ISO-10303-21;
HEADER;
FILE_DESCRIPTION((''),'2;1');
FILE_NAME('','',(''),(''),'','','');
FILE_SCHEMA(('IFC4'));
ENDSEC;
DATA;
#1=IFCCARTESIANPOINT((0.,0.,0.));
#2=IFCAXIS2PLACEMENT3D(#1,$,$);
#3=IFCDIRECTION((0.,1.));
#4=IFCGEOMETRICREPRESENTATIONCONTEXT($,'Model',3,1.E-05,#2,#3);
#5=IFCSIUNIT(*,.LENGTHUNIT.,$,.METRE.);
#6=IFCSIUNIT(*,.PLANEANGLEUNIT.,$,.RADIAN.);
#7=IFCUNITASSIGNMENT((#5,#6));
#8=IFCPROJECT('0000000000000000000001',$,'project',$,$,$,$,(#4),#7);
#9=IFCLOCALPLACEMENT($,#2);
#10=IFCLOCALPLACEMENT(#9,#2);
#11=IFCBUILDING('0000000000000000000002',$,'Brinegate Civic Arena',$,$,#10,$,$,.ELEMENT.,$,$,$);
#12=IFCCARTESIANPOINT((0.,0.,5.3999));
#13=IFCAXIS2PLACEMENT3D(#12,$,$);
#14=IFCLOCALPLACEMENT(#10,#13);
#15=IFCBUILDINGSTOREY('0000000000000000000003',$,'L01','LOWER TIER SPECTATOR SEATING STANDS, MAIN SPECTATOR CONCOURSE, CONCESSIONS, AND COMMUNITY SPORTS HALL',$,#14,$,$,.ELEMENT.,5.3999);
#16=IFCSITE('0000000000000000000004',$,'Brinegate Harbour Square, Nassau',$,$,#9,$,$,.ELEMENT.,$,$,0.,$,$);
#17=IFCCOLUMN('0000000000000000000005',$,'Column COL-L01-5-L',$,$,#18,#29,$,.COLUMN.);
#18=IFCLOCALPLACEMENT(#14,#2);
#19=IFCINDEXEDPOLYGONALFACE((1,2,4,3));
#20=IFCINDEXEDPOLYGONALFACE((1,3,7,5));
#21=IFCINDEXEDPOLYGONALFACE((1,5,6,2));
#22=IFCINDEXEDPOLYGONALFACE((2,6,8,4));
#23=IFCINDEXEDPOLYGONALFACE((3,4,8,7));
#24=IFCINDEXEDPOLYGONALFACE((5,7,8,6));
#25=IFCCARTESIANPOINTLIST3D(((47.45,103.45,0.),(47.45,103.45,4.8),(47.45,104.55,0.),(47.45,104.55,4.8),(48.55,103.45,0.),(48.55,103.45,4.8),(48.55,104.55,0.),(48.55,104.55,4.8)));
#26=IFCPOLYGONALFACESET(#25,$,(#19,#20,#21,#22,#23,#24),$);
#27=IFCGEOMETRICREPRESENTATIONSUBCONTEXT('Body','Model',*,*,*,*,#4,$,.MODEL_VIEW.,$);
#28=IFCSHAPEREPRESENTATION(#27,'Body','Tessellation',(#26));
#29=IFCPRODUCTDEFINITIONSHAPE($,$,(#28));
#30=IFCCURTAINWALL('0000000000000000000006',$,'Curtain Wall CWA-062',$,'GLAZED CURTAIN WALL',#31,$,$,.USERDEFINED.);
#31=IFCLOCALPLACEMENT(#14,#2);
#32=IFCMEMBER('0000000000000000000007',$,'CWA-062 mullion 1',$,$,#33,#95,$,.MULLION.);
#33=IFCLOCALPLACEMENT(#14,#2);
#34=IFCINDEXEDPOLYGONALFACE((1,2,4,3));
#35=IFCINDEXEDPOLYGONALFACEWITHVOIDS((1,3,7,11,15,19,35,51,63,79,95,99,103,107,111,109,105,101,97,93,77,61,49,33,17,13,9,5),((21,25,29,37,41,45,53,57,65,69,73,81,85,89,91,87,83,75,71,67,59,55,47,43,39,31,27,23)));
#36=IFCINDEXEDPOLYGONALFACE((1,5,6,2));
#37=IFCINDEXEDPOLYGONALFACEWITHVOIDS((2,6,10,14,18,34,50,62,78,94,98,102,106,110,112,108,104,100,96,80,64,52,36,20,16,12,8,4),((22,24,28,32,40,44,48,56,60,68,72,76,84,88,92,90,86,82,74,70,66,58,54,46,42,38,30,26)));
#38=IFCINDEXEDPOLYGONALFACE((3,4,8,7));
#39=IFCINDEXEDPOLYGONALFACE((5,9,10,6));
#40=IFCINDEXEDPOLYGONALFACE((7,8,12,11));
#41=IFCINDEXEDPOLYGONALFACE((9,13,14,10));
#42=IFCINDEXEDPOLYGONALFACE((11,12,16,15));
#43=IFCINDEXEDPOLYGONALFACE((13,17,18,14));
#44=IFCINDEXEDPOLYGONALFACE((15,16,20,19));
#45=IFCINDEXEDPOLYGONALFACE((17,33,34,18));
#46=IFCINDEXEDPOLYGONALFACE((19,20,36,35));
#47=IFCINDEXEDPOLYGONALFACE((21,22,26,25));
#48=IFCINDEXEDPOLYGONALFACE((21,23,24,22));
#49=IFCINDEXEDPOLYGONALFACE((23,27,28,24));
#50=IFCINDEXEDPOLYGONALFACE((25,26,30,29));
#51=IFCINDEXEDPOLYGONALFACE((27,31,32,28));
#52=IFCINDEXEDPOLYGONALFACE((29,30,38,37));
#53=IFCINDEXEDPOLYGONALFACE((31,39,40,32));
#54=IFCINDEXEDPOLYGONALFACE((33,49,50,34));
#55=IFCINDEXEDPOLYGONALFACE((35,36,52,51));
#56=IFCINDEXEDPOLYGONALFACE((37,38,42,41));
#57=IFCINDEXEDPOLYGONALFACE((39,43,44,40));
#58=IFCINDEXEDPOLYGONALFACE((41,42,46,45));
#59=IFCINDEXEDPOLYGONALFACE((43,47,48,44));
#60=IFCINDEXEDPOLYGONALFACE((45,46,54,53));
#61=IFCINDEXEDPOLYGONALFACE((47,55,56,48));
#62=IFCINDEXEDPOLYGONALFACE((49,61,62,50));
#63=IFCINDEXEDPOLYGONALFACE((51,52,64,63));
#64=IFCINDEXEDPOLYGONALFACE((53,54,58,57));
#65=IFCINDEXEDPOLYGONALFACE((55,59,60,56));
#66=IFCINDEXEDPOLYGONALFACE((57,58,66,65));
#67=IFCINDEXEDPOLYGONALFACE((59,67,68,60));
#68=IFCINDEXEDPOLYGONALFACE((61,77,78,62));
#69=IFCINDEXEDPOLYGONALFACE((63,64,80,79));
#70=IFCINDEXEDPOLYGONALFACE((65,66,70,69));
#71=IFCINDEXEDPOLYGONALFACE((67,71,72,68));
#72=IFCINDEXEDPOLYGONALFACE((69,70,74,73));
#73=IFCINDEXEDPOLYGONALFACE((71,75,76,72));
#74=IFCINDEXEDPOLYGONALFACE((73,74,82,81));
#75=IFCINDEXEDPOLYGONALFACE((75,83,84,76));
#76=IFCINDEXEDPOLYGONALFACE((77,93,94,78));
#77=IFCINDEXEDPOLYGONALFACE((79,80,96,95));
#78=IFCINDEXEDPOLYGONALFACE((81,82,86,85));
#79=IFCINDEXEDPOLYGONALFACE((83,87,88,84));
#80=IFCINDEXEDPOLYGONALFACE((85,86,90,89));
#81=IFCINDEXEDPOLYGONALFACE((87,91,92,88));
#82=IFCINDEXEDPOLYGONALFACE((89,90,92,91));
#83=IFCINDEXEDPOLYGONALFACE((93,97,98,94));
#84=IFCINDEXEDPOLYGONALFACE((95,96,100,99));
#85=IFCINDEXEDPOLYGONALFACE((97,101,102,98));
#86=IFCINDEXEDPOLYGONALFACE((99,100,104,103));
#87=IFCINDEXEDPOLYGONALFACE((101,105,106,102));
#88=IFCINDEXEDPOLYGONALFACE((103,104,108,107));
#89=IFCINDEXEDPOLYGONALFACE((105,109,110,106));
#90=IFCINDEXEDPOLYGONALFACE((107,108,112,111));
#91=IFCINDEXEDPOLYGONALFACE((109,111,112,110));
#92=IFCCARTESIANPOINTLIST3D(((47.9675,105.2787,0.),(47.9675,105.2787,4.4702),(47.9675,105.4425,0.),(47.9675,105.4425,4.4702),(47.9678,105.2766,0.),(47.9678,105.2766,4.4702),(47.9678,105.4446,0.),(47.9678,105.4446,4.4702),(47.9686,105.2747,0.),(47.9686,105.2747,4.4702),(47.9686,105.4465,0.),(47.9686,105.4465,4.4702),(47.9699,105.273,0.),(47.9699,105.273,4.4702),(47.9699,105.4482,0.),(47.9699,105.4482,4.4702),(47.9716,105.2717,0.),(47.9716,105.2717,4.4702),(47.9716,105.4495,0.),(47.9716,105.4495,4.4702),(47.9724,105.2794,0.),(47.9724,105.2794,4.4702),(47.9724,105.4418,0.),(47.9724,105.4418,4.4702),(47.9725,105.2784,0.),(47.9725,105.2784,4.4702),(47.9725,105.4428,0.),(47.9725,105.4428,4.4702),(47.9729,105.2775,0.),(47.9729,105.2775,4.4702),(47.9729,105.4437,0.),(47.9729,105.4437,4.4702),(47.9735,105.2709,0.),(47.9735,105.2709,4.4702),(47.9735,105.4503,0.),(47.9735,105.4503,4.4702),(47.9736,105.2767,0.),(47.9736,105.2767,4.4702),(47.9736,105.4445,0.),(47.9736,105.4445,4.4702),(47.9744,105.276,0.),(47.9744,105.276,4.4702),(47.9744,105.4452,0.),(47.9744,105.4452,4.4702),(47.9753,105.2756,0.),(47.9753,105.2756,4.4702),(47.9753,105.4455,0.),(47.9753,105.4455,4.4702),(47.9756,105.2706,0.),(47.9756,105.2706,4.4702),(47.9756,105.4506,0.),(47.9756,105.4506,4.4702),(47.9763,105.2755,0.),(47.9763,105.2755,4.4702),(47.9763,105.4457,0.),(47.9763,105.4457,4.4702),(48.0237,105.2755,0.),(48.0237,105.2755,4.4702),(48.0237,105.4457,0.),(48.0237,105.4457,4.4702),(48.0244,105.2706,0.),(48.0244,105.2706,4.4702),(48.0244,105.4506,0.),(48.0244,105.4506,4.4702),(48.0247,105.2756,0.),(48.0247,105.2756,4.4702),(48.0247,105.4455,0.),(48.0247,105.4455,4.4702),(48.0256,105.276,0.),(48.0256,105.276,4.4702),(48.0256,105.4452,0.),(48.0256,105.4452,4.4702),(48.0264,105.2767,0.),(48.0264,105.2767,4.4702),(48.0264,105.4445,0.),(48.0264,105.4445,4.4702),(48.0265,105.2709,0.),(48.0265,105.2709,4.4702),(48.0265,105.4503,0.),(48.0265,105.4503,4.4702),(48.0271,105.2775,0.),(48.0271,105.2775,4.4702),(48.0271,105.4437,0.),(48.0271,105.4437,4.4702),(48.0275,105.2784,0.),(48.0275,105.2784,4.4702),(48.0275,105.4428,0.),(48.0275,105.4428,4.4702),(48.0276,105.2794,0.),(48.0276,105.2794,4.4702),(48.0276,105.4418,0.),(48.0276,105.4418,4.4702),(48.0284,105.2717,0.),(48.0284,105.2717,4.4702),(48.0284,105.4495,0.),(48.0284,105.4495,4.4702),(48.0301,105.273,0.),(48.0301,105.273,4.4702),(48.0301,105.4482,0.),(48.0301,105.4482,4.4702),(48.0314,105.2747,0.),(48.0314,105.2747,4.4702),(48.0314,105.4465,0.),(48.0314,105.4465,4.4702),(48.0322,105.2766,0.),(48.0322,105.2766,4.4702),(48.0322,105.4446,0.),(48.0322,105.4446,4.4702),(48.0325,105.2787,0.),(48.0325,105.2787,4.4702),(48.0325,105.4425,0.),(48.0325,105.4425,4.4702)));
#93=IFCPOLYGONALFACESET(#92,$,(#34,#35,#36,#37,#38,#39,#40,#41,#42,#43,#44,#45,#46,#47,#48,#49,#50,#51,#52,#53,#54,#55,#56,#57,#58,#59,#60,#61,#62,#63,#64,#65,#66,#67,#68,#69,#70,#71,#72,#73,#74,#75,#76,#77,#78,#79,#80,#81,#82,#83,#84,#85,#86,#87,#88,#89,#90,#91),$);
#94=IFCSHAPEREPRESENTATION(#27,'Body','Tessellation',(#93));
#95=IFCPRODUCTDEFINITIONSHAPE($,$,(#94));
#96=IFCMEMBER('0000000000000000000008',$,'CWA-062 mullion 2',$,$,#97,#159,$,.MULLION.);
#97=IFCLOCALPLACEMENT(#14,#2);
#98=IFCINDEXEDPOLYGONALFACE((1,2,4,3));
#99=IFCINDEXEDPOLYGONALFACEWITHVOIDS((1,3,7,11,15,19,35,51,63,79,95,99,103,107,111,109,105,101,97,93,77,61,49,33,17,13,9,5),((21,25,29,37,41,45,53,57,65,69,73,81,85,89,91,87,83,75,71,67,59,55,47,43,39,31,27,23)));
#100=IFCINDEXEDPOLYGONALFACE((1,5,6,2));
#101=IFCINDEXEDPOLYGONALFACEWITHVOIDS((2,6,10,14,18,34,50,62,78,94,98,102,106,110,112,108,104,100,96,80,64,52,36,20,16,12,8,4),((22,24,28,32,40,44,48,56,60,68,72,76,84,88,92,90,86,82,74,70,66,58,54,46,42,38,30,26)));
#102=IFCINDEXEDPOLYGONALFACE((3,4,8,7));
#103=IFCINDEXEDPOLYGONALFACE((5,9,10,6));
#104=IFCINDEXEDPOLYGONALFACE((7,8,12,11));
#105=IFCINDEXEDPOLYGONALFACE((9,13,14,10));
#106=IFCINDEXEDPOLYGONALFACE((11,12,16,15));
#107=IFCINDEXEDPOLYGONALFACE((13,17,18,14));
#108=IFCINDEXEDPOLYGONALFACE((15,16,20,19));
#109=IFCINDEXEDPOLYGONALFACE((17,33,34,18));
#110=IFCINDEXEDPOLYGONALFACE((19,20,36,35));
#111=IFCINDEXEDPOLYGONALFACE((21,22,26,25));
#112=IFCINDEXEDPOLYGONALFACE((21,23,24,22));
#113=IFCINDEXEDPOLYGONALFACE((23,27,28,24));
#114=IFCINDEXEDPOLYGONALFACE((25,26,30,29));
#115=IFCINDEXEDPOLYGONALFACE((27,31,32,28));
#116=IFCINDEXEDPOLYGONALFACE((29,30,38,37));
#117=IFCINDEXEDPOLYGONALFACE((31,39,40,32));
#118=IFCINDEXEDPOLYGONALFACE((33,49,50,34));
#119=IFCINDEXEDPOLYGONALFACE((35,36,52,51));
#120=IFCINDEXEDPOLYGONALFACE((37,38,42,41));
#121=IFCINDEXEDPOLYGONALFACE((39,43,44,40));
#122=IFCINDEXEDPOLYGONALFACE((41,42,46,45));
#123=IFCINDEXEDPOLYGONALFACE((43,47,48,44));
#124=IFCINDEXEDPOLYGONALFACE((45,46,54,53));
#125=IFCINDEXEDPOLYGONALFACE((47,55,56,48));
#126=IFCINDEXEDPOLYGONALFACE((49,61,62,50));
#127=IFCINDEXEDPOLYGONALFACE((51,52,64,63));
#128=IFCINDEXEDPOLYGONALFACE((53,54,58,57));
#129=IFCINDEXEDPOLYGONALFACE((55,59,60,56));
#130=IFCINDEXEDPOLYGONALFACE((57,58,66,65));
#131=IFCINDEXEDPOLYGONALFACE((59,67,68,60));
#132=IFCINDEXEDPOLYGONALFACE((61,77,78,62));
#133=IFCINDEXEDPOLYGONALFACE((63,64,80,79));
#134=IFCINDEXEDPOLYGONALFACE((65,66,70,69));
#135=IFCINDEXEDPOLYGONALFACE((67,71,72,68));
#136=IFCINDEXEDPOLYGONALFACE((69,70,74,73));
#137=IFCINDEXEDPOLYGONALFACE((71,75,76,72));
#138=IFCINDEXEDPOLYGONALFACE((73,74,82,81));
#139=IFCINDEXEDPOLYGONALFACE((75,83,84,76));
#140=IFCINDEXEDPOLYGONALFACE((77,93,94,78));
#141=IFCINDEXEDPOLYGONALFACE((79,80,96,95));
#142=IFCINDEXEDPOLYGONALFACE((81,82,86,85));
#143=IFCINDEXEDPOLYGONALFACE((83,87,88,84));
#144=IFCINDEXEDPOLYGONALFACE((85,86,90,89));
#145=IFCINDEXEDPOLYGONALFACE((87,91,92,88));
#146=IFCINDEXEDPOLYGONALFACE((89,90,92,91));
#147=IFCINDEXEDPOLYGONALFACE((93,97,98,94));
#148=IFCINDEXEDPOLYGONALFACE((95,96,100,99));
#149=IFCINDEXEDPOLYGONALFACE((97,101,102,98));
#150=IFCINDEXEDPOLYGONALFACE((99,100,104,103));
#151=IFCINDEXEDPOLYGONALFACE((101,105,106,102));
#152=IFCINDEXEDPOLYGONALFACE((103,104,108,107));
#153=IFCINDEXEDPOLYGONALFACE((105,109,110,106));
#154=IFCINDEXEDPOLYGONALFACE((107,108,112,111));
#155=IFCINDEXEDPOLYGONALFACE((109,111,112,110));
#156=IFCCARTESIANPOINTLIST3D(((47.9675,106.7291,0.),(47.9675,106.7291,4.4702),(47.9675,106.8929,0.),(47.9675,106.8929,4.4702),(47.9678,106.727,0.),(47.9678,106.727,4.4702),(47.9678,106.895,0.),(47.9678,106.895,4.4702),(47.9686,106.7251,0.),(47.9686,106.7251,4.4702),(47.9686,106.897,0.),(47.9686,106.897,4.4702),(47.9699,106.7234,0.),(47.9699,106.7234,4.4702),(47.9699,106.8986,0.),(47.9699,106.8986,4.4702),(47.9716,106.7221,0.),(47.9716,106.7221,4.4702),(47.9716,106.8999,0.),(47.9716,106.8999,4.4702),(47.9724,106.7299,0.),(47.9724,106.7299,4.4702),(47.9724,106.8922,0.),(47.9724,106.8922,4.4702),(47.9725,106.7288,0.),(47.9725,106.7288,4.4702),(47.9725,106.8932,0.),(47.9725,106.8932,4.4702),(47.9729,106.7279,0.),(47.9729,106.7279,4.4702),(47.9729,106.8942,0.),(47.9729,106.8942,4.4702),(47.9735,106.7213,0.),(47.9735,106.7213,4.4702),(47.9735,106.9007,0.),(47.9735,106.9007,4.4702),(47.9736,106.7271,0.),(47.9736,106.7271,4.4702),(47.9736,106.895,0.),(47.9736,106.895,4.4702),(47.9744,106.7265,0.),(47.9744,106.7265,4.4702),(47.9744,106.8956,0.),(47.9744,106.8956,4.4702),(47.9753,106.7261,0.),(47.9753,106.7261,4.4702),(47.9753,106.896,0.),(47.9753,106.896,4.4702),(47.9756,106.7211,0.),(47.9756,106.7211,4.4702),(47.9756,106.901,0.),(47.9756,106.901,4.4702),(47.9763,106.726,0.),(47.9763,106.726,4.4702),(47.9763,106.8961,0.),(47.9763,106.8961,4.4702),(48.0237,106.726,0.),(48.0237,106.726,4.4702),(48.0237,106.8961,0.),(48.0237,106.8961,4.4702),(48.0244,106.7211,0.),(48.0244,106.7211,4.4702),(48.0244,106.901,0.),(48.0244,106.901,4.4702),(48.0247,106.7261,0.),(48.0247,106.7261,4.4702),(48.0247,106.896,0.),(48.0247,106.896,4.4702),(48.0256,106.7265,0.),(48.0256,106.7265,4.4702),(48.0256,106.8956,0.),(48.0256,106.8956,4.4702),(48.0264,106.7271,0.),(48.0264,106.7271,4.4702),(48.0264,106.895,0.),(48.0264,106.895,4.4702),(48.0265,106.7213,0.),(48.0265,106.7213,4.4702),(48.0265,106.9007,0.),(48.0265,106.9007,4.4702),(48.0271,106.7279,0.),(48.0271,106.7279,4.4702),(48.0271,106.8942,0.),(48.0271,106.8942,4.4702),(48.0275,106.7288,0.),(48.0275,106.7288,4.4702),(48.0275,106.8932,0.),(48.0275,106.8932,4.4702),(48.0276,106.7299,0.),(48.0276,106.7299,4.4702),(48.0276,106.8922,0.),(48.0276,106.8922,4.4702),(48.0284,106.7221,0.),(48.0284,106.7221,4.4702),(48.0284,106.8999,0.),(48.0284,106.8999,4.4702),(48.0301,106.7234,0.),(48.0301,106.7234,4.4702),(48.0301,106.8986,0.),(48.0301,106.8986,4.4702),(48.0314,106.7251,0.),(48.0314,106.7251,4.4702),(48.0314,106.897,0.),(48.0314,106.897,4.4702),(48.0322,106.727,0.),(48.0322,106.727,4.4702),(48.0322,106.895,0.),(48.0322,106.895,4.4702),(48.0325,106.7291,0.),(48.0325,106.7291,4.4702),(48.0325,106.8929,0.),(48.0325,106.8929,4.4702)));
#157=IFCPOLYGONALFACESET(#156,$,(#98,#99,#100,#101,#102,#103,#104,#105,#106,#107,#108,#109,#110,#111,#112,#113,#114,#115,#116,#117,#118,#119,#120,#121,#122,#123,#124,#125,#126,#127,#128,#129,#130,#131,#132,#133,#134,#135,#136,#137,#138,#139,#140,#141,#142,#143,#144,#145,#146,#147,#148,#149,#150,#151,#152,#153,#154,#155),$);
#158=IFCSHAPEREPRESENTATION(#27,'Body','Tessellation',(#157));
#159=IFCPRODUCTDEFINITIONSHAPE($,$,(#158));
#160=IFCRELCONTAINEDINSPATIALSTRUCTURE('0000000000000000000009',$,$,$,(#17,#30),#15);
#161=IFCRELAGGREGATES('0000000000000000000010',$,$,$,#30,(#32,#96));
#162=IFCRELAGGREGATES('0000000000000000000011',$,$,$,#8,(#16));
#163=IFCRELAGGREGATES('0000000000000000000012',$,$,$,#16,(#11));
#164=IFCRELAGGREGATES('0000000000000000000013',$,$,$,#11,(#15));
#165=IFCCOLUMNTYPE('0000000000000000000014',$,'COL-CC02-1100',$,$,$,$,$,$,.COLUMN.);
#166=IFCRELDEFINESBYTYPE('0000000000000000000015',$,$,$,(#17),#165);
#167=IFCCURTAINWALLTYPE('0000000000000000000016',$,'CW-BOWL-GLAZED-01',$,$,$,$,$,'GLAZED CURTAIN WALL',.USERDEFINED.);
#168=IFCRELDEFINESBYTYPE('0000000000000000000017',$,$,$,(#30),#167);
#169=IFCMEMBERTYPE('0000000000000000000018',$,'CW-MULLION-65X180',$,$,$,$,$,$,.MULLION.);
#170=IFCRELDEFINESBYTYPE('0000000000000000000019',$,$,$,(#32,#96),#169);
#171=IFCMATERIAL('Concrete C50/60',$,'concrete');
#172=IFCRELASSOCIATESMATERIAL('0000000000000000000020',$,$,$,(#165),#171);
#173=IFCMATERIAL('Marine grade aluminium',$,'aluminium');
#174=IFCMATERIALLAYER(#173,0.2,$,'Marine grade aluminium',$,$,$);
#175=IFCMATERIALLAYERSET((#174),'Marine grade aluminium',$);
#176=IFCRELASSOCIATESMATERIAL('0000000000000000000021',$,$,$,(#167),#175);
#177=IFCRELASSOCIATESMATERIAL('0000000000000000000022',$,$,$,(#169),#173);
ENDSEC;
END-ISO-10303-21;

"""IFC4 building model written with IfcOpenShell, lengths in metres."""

from ifc_helpers import new_model, si_unit, direction, frame, origin, origin_2d, place, context, subcontext, project, spatial, rectangle, hollow_rectangle, extrude, material, layer, layer_set, material_profile, profile_set, type_object, element, aggregate, save


model = new_model("IFC4")

# Units and contexts
model_context = context("Model", 3, precision=1e-05, world=origin(), true_north=direction((0.0, 1.0)))
body_context = subcontext(model_context, "Body", "Model", "MODEL_VIEW")
ifc_project = project(units=[si_unit("LENGTHUNIT", "METRE"), si_unit("PLANEANGLEUNIT", "RADIAN")], contexts=[model_context])

# Site, building, storey
site_placement = place(None, origin())
site = spatial("IfcSite", under=ifc_project, at=site_placement, Name="Brinegate Harbour Square, Nassau", CompositionType="ELEMENT", RefElevation=0.0)
building_placement = place(site_placement, origin())
building = spatial("IfcBuilding", under=site, at=building_placement, Name="Brinegate Civic Arena", CompositionType="ELEMENT")
storey_placement = place(building_placement, frame((0.0, 0.0, 5.3999)))
storey = spatial("IfcBuildingStorey", under=building, at=storey_placement, Name="L01", Description="LOWER TIER SPECTATOR SEATING STANDS, MAIN SPECTATOR CONCOURSE, CONCESSIONS, AND COMMUNITY SPORTS HALL", CompositionType="ELEMENT", Elevation=5.3999)

# Column
ifc_material_1 = material(Name="Concrete C50/60", Category="concrete")
ifc_material_profile_1 = material_profile(ifc_material_1, rectangle(XDim=1.1001, YDim=1.1001, at=origin_2d()), Name="RC1100X1100")
ifc_profile_set_1 = profile_set([ifc_material_profile_1], Name="Concrete C50/60")
column_type = type_object("IfcColumnType", Name="COL-CC02-1100", PredefinedType="COLUMN", material=ifc_profile_set_1)
column_placement = place(storey_placement, frame((48.0, 104.0, 0.0), z_axis=(0.0, 0.0, 1.0), x_axis=(1.0, 0.0, 0.0)))
element("IfcColumn", 1, at=column_placement, inside=storey, type_object=column_type, Name="Column COL-L01-5-L", PredefinedType="COLUMN", context=body_context, shape_type="SweptSolid", body=[
    extrude(rectangle(XDim=1.1001, YDim=1.1001, at=origin_2d()), origin(), (0.0, 0.0, 1.0), 4.8),
])

# Curtain wall, members
ifc_material_2 = material(Name="Marine grade aluminium", Category="aluminium")
ifc_layer_1 = layer(ifc_material_2, 0.2, Name="Marine grade aluminium")
ifc_layer_set_1 = layer_set([ifc_layer_1], Name="Marine grade aluminium")
curtain_wall_type = type_object("IfcCurtainWallType", Name="CW-BOWL-GLAZED-01", ElementType="GLAZED CURTAIN WALL", PredefinedType="USERDEFINED", material=ifc_layer_set_1)
curtain_wall_1_placement = place(storey_placement, origin())
curtain_wall_1 = element("IfcCurtainWall", 2, at=curtain_wall_1_placement, inside=storey, type_object=curtain_wall_type, Name="Curtain Wall CWA-062", ObjectType="GLAZED CURTAIN WALL", PredefinedType="USERDEFINED")
ifc_material_profile_2 = material_profile(ifc_material_2, hollow_rectangle(XDim=0.0649, YDim=0.1799, WallThickness=0.0049, InnerFilletRadius=0.0039, OuterFilletRadius=0.0081, at=origin_2d()), Name="MUL65X180")
ifc_profile_set_2 = profile_set([ifc_material_profile_2], Name="Marine grade aluminium")
member_type_1 = type_object("IfcMemberType", Name="CW-MULLION-65X180", PredefinedType="MULLION", material=ifc_profile_set_2)
member_1_placement = place(storey_placement, frame((48.0, 105.3606, 0.0), z_axis=(0.0, 0.0, 1.0), x_axis=(-1.0, 0.0, 0.0)))
member_1 = element("IfcMember", 3, at=member_1_placement, type_object=member_type_1, Name="CWA-062 mullion 1", PredefinedType="MULLION", context=body_context, shape_type="SweptSolid", body=[
    extrude(hollow_rectangle(XDim=0.0649, YDim=0.1799, WallThickness=0.0049, InnerFilletRadius=0.0039, OuterFilletRadius=0.0081, at=origin_2d()), origin(), (0.0, 0.0, 1.0), 4.4702),
])
member_2_placement = place(storey_placement, frame((48.0, 106.811, 0.0), z_axis=(0.0, 0.0, 1.0), x_axis=(-1.0, 0.0, 0.0)))
member_2 = element("IfcMember", 4, at=member_2_placement, type_object=member_type_1, Name="CWA-062 mullion 2", PredefinedType="MULLION", context=body_context, shape_type="SweptSolid", body=[
    extrude(hollow_rectangle(XDim=0.0649, YDim=0.1799, WallThickness=0.0049, InnerFilletRadius=0.0039, OuterFilletRadius=0.0081, at=origin_2d()), origin(), (0.0, 0.0, 1.0), 4.4702),
])

aggregate(curtain_wall_1, [member_1, member_2])

save(model, "model.ifc")
